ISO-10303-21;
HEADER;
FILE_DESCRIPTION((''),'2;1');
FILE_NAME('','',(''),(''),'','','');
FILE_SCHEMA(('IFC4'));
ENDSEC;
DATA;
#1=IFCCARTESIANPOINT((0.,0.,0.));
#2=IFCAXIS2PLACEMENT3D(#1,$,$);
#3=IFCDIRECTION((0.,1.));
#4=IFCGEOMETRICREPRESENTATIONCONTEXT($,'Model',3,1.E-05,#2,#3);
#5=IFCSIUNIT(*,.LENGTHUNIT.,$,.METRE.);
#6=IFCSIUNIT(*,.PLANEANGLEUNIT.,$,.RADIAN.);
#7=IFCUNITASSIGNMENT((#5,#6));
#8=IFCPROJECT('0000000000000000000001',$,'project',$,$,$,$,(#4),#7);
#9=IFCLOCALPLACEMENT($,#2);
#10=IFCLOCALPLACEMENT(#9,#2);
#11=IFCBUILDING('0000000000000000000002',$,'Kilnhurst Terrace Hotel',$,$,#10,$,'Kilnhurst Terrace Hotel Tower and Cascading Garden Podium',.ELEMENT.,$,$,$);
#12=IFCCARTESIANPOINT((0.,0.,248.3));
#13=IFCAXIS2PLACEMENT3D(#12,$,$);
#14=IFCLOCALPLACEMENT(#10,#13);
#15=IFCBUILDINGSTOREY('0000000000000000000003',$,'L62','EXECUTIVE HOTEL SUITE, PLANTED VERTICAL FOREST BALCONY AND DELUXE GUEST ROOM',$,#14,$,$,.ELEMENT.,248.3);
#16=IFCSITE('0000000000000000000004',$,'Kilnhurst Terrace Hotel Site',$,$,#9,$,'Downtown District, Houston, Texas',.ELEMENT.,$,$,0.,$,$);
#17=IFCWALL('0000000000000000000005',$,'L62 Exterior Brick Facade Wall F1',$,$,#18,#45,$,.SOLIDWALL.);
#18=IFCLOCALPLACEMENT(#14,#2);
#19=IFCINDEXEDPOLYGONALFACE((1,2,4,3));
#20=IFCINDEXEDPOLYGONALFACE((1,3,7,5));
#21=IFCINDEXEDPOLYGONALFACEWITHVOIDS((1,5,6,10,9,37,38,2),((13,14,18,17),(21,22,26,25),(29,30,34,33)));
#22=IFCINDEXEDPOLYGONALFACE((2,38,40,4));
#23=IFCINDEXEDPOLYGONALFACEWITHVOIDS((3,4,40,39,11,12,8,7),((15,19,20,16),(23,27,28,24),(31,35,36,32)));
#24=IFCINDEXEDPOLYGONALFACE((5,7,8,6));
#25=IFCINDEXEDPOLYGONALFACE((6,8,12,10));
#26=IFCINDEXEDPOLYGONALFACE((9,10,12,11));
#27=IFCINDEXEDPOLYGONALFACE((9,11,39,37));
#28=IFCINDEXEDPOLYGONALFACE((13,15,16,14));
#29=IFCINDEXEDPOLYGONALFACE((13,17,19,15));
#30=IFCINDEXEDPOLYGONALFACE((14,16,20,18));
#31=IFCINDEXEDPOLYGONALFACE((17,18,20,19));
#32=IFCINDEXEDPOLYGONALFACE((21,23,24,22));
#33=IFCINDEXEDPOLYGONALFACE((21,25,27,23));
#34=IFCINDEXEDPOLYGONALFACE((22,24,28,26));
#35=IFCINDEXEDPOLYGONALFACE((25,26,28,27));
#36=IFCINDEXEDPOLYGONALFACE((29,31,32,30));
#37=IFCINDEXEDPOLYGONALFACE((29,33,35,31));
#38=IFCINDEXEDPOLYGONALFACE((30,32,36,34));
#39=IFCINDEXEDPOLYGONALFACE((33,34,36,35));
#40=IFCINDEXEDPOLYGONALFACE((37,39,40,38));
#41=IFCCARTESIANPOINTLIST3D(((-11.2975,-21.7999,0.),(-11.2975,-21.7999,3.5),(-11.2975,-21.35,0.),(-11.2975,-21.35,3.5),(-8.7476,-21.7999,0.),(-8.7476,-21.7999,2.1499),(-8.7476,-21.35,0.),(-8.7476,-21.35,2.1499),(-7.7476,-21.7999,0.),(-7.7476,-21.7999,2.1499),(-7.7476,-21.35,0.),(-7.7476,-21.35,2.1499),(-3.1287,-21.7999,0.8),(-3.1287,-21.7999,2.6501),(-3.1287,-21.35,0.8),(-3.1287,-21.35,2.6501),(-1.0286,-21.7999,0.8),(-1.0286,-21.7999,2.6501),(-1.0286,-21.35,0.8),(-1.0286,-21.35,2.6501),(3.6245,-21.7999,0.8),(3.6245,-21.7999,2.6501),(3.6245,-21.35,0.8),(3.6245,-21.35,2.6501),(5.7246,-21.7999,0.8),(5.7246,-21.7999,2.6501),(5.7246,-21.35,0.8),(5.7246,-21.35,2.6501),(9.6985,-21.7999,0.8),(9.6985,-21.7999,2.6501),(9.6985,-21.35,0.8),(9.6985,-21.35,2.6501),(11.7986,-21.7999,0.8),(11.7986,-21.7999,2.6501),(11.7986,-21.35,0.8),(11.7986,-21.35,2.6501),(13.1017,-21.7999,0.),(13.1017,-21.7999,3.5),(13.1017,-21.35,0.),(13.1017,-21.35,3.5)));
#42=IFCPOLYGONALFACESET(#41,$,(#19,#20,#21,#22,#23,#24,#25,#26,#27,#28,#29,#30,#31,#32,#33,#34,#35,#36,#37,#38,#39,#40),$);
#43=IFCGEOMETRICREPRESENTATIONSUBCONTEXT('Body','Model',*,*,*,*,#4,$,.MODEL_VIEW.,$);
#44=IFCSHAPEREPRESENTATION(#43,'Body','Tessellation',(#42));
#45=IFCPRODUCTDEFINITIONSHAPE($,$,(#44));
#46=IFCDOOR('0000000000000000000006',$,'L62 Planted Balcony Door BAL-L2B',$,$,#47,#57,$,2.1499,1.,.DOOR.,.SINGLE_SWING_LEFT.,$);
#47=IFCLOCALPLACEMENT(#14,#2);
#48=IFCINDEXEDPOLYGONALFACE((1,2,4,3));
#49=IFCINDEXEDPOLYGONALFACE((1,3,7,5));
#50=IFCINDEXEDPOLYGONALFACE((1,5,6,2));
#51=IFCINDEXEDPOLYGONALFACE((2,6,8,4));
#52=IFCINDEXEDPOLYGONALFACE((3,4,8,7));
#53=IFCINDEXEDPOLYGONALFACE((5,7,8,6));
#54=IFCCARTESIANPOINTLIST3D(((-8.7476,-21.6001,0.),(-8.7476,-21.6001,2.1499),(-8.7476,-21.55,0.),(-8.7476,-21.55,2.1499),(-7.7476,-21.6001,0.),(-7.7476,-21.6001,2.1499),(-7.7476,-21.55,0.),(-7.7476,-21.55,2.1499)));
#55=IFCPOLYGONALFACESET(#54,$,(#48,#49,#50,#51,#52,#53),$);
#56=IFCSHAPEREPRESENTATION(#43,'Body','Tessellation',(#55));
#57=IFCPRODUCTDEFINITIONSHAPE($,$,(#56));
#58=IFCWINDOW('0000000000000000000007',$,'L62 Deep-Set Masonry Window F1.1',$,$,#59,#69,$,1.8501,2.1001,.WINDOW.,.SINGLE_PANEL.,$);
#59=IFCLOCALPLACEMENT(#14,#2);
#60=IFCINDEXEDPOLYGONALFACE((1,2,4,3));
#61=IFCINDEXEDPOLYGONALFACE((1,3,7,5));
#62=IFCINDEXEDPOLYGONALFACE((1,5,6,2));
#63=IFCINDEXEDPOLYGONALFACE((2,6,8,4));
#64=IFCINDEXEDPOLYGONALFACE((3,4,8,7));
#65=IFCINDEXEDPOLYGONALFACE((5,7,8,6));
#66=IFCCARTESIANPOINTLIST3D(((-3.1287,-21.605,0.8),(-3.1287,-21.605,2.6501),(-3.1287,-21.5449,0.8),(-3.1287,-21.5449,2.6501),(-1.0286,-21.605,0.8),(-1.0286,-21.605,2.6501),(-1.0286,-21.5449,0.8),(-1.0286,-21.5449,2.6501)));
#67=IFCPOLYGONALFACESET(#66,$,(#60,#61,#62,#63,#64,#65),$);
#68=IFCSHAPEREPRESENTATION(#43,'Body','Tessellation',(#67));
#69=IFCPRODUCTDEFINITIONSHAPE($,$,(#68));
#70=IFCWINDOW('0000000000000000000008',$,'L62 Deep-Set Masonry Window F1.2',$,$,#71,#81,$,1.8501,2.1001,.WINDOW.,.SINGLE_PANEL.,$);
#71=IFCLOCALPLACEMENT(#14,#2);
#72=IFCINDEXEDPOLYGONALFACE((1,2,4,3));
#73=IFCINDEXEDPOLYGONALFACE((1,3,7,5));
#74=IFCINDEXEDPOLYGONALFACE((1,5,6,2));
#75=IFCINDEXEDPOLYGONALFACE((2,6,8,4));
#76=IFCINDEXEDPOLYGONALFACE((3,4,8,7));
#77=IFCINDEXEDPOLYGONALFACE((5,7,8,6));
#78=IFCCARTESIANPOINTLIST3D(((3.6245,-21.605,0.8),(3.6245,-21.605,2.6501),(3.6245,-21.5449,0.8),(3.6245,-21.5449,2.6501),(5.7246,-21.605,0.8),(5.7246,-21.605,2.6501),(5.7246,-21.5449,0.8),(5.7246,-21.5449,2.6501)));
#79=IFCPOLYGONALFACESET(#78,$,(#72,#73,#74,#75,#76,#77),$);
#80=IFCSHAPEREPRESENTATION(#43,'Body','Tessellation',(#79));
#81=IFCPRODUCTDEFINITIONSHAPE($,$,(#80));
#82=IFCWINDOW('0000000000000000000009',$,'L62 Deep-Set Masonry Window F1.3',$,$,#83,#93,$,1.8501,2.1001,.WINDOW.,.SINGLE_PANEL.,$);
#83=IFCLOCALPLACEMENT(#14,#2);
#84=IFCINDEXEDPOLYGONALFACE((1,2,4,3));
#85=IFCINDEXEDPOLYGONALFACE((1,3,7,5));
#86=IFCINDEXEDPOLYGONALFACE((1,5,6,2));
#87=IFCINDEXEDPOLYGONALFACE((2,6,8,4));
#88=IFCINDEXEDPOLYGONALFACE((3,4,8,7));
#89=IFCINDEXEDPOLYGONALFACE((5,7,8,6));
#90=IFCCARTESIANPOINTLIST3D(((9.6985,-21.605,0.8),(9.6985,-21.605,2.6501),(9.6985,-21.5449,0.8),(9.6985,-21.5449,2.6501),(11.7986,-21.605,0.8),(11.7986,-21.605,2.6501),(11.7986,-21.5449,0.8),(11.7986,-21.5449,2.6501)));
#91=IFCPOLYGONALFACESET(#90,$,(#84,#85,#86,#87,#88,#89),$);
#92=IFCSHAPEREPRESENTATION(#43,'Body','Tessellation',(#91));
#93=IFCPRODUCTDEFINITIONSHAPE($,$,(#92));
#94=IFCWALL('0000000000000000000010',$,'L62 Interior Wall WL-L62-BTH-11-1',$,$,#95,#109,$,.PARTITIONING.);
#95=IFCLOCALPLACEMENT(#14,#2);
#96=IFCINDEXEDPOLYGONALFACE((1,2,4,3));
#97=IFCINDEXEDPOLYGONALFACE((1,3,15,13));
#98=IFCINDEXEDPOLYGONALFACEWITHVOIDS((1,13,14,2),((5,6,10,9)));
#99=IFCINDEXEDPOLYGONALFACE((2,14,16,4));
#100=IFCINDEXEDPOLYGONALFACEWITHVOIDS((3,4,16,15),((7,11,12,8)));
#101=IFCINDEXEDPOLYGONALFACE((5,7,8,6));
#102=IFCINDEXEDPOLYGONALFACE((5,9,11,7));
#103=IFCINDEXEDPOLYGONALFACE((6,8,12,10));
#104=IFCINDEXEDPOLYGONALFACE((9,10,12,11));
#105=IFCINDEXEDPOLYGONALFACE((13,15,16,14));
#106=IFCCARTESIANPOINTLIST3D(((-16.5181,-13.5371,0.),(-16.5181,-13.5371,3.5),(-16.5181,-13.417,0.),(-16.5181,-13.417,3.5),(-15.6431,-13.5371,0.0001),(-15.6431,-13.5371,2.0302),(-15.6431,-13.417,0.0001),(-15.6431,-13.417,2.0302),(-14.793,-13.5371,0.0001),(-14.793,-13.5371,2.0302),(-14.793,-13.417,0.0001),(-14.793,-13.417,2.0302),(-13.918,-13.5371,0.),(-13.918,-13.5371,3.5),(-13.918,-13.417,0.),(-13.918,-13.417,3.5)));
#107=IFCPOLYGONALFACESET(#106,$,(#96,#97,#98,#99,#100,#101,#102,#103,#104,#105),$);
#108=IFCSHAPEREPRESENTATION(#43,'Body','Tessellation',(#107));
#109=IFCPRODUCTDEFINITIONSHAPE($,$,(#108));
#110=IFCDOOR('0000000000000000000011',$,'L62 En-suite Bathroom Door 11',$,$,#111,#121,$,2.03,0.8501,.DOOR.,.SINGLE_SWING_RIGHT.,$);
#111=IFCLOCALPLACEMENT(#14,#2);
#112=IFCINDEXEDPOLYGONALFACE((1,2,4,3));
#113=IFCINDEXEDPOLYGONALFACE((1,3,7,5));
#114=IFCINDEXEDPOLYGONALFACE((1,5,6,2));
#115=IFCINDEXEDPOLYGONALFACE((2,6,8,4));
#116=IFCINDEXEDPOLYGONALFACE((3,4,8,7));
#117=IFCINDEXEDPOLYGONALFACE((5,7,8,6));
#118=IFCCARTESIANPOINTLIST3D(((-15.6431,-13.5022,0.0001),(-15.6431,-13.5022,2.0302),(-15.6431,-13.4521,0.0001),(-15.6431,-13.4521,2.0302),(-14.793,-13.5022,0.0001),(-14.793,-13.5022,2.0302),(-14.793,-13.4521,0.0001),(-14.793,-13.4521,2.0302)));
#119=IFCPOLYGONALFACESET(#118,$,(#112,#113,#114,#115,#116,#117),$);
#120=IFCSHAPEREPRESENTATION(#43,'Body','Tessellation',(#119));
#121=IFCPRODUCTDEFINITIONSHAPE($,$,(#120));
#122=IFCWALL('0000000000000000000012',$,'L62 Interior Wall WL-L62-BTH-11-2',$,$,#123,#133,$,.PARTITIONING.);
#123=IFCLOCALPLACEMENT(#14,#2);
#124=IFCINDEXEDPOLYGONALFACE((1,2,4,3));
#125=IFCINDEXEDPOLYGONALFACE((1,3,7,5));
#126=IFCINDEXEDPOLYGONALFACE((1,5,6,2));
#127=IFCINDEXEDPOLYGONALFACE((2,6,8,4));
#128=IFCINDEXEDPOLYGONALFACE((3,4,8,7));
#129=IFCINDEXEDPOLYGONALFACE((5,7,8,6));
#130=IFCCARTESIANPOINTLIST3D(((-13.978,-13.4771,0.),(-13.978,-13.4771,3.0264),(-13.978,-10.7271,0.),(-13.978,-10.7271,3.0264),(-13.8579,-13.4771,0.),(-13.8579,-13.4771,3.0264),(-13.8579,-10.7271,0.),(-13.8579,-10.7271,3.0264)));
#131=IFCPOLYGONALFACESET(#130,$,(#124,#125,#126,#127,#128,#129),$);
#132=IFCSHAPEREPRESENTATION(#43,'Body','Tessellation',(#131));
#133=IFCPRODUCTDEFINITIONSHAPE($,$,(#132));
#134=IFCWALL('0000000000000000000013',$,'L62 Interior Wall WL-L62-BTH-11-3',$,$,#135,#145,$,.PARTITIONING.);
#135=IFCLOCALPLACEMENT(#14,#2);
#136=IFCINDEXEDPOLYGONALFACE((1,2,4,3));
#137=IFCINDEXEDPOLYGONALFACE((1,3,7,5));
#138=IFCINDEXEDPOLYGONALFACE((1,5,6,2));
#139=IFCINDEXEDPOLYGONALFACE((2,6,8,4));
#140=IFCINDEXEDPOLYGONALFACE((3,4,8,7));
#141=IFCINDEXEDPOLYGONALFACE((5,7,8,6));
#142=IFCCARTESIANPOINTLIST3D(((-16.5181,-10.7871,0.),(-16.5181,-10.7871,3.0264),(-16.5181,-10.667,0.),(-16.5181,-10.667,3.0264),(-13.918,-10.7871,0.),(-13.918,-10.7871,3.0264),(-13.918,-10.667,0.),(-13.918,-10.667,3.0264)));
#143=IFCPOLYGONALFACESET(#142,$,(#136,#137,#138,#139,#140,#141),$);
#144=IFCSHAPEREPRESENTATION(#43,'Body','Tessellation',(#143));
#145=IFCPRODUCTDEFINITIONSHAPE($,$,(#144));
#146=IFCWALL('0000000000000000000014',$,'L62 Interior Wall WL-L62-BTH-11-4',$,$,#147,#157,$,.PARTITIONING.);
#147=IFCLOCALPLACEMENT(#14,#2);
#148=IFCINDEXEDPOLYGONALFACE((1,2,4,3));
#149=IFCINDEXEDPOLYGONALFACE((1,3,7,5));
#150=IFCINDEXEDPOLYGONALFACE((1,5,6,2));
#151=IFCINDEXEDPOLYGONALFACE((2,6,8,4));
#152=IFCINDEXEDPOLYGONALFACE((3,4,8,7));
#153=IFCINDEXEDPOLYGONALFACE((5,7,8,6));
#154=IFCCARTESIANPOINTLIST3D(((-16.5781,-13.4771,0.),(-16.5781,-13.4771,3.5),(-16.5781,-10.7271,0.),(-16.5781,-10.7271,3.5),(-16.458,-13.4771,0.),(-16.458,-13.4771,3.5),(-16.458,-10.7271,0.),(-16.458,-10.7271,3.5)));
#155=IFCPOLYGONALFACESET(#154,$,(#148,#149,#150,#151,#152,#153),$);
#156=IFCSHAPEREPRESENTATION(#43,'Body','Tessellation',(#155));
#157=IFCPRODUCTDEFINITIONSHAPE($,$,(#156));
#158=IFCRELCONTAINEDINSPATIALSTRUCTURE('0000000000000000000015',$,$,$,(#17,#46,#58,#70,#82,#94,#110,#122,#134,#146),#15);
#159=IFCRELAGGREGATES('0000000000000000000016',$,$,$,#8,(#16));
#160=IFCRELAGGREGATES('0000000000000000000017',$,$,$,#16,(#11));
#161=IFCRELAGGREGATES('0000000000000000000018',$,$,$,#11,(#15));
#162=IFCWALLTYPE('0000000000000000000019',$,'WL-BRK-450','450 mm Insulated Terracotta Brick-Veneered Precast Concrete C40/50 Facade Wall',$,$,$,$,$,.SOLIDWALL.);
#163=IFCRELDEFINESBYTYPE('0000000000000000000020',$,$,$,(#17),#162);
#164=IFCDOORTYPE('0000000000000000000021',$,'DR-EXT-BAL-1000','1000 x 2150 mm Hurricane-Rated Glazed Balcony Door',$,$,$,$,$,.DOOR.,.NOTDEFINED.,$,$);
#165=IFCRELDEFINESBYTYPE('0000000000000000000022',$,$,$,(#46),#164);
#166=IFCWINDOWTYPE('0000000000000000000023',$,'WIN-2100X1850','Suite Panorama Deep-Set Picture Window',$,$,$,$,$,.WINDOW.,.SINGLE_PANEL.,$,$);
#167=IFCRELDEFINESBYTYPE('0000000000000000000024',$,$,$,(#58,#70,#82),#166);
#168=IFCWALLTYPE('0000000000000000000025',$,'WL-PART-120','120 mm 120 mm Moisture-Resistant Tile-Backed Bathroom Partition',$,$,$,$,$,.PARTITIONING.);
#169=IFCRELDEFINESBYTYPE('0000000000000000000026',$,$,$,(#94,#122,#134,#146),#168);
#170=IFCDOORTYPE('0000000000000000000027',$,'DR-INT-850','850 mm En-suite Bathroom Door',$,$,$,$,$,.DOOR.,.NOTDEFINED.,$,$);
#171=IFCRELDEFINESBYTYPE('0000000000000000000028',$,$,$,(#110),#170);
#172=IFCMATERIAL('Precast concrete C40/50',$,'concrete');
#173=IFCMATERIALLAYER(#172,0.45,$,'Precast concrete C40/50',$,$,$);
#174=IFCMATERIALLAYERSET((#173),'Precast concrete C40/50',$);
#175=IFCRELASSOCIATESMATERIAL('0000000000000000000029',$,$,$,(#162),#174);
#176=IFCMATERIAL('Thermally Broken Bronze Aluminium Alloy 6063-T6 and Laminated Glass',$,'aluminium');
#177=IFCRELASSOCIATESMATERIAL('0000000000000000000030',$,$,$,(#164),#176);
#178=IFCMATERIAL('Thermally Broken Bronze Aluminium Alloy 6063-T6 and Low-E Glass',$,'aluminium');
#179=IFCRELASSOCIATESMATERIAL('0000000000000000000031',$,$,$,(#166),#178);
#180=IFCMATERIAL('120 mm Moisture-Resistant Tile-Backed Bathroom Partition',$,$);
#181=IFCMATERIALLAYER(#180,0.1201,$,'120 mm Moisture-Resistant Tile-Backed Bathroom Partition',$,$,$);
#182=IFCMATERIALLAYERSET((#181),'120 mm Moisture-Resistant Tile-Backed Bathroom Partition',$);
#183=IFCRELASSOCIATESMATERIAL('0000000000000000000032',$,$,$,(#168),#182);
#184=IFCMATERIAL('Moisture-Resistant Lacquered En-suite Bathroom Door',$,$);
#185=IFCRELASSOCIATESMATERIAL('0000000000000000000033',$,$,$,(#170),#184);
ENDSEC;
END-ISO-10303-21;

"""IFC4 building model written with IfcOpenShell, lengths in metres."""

from ifc_helpers import new_model, si_unit, direction, frame, frame_2d, origin, place, context, subcontext, project, spatial, rectangle, extrude, material, layer, layer_set, type_object, element, fill, save


model = new_model("IFC4")

# Units and contexts
model_context = context("Model", 3, precision=1e-05, world=origin(), true_north=direction((0.0, 1.0)))
body_context = subcontext(model_context, "Body", "Model", "MODEL_VIEW")
ifc_project = project(units=[si_unit("LENGTHUNIT", "METRE"), si_unit("PLANEANGLEUNIT", "RADIAN")], contexts=[model_context])

# Site, building, storey
site_placement = place(None, origin())
site = spatial("IfcSite", under=ifc_project, at=site_placement, Name="Kilnhurst Terrace Hotel Site", LongName="Downtown District, Houston, Texas", CompositionType="ELEMENT", RefElevation=0.0)
building_placement = place(site_placement, origin())
building = spatial("IfcBuilding", under=site, at=building_placement, Name="Kilnhurst Terrace Hotel", LongName="Kilnhurst Terrace Hotel Tower and Cascading Garden Podium", CompositionType="ELEMENT")
storey_placement = place(building_placement, frame((0.0, 0.0, 248.3)))
storey = spatial("IfcBuildingStorey", under=building, at=storey_placement, Name="L62", Description="EXECUTIVE HOTEL SUITE, PLANTED VERTICAL FOREST BALCONY AND DELUXE GUEST ROOM", CompositionType="ELEMENT", Elevation=248.3)

# Shared definitions
ifc_material_1 = material(Name="Precast concrete C40/50", Category="concrete")
ifc_layer_1 = layer(ifc_material_1, 0.45, Name="Precast concrete C40/50")
ifc_layer_set_1 = layer_set([ifc_layer_1], Name="Precast concrete C40/50")
wall_type_1 = type_object("IfcWallType", Name="WL-BRK-450", Description="450 mm Insulated Terracotta Brick-Veneered Precast Concrete C40/50 Facade Wall", PredefinedType="SOLIDWALL", material=ifc_layer_set_1)

# Wall, openings, door, windows
wall_1_placement = place(storey_placement, frame((-11.2976, -21.575, 0.0), z_axis=(0.0, 0.0, 1.0), x_axis=(1.0, 0.0, 0.0)))
wall_1 = element("IfcWall", 1, at=wall_1_placement, inside=storey, type_object=wall_type_1, Name="L62 Exterior Brick Facade Wall F1", PredefinedType="SOLIDWALL", context=body_context, shape_type="SweptSolid", body=[
    extrude(rectangle(XDim=24.3992, YDim=0.45, at=frame_2d((12.1997, 0.0))), origin(), (0.0, 0.0, 1.0), 3.5),
])
opening_1_placement = place(wall_1_placement, frame((2.55, 0.0, 0.0)))
opening_1 = element("IfcOpeningElement", 2, at=opening_1_placement, cuts=wall_1, PredefinedType="OPENING", context=body_context, shape_type="SweptSolid", body=[
    extrude(rectangle(XDim=1.0, YDim=2.1499, at=frame_2d((0.5, 1.075))), frame((0.0, 0.2349, 0.0), z_axis=(0.0, -1.0, 0.0), x_axis=(1.0, 0.0, 0.0)), (0.0, 0.0, 1.0), 0.47),
])
opening_2_placement = place(wall_1_placement, frame((8.1689, 0.0, 0.8)))
opening_2 = element("IfcOpeningElement", 3, at=opening_2_placement, cuts=wall_1, PredefinedType="OPENING", context=body_context, shape_type="SweptSolid", body=[
    extrude(rectangle(XDim=2.1001, YDim=1.8501, at=frame_2d((1.05, 0.925))), frame((0.0, 0.2349, 0.0), z_axis=(0.0, -1.0, 0.0), x_axis=(1.0, 0.0, 0.0)), (0.0, 0.0, 1.0), 0.47),
])
opening_3_placement = place(wall_1_placement, frame((14.9221, 0.0, 0.8)))
opening_3 = element("IfcOpeningElement", 4, at=opening_3_placement, cuts=wall_1, PredefinedType="OPENING", context=body_context, shape_type="SweptSolid", body=[
    extrude(rectangle(XDim=2.1001, YDim=1.8501, at=frame_2d((1.05, 0.925))), frame((0.0, 0.2349, 0.0), z_axis=(0.0, -1.0, 0.0), x_axis=(1.0, 0.0, 0.0)), (0.0, 0.0, 1.0), 0.47),
])
opening_4_placement = place(wall_1_placement, frame((20.9961, 0.0, 0.8)))
opening_4 = element("IfcOpeningElement", 5, at=opening_4_placement, cuts=wall_1, PredefinedType="OPENING", context=body_context, shape_type="SweptSolid", body=[
    extrude(rectangle(XDim=2.1001, YDim=1.8501, at=frame_2d((1.05, 0.925))), frame((0.0, 0.2349, 0.0), z_axis=(0.0, -1.0, 0.0), x_axis=(1.0, 0.0, 0.0)), (0.0, 0.0, 1.0), 0.47),
])
ifc_material_2 = material(Name="Thermally Broken Bronze Aluminium Alloy 6063-T6 and Laminated Glass", Category="aluminium")
door_type_1 = type_object("IfcDoorType", Name="DR-EXT-BAL-1000", Description="1000 x 2150 mm Hurricane-Rated Glazed Balcony Door", OperationType="NOTDEFINED", PredefinedType="DOOR", material=ifc_material_2)
door_1_placement = place(opening_1_placement, origin())
door_1 = element("IfcDoor", 6, at=door_1_placement, inside=storey, type_object=door_type_1, Name="L62 Planted Balcony Door BAL-L2B", OperationType="SINGLE_SWING_LEFT", OverallHeight=2.1499, OverallWidth=1.0, PredefinedType="DOOR", context=body_context, shape_type="SweptSolid", body=[
    extrude(rectangle(XDim=1.0, YDim=2.1499, at=frame_2d((0.5, 1.075))), frame((0.0, 0.0249, 0.0), z_axis=(0.0, -1.0, 0.0), x_axis=(1.0, 0.0, 0.0)), (0.0, 0.0, 1.0), 0.05),
])
fill(opening_1, door_1)
ifc_material_3 = material(Name="Thermally Broken Bronze Aluminium Alloy 6063-T6 and Low-E Glass", Category="aluminium")
window_type = type_object("IfcWindowType", Name="WIN-2100X1850", Description="Suite Panorama Deep-Set Picture Window", PartitioningType="SINGLE_PANEL", PredefinedType="WINDOW", material=ifc_material_3)
window_1_placement = place(opening_2_placement, origin())
window_1 = element("IfcWindow", 7, at=window_1_placement, inside=storey, type_object=window_type, Name="L62 Deep-Set Masonry Window F1.1", OverallHeight=1.8501, OverallWidth=2.1001, PartitioningType="SINGLE_PANEL", PredefinedType="WINDOW", context=body_context, shape_type="SweptSolid", body=[
    extrude(rectangle(XDim=2.1001, YDim=1.8501, at=frame_2d((1.05, 0.925))), frame((0.0, 0.03, 0.0), z_axis=(0.0, -1.0, 0.0), x_axis=(1.0, 0.0, 0.0)), (0.0, 0.0, 1.0), 0.0601),
])
fill(opening_2, window_1)
window_2_placement = place(opening_3_placement, origin())
window_2 = element("IfcWindow", 8, at=window_2_placement, inside=storey, type_object=window_type, Name="L62 Deep-Set Masonry Window F1.2", OverallHeight=1.8501, OverallWidth=2.1001, PartitioningType="SINGLE_PANEL", PredefinedType="WINDOW", context=body_context, shape_type="SweptSolid", body=[
    extrude(rectangle(XDim=2.1001, YDim=1.8501, at=frame_2d((1.05, 0.925))), frame((0.0, 0.03, 0.0), z_axis=(0.0, -1.0, 0.0), x_axis=(1.0, 0.0, 0.0)), (0.0, 0.0, 1.0), 0.0601),
])
fill(opening_3, window_2)
window_3_placement = place(opening_4_placement, origin())
window_3 = element("IfcWindow", 9, at=window_3_placement, inside=storey, type_object=window_type, Name="L62 Deep-Set Masonry Window F1.3", OverallHeight=1.8501, OverallWidth=2.1001, PartitioningType="SINGLE_PANEL", PredefinedType="WINDOW", context=body_context, shape_type="SweptSolid", body=[
    extrude(rectangle(XDim=2.1001, YDim=1.8501, at=frame_2d((1.05, 0.925))), frame((0.0, 0.03, 0.0), z_axis=(0.0, -1.0, 0.0), x_axis=(1.0, 0.0, 0.0)), (0.0, 0.0, 1.0), 0.0601),
])
fill(opening_4, window_3)

# Wall, opening, door
ifc_material_4 = material(Name="120 mm Moisture-Resistant Tile-Backed Bathroom Partition")
ifc_layer_2 = layer(ifc_material_4, 0.1201, Name="120 mm Moisture-Resistant Tile-Backed Bathroom Partition")
ifc_layer_set_2 = layer_set([ifc_layer_2], Name="120 mm Moisture-Resistant Tile-Backed Bathroom Partition")
wall_type_2 = type_object("IfcWallType", Name="WL-PART-120", Description="120 mm 120 mm Moisture-Resistant Tile-Backed Bathroom Partition", PredefinedType="PARTITIONING", material=ifc_layer_set_2)
wall_2_placement = place(storey_placement, frame((-16.5181, -13.4771, 0.0), z_axis=(0.0, 0.0, 1.0), x_axis=(1.0, 0.0, 0.0)))
wall_2 = element("IfcWall", 10, at=wall_2_placement, inside=storey, type_object=wall_type_2, Name="L62 Interior Wall WL-L62-BTH-11-1", PredefinedType="PARTITIONING", context=body_context, shape_type="SweptSolid", body=[
    extrude(rectangle(XDim=2.6001, YDim=0.1201, at=frame_2d((1.3, 0.0))), origin(), (0.0, 0.0, 1.0), 3.5),
])
opening_5_placement = place(wall_2_placement, frame((0.875, 0.0, 0.0)))
opening_5 = element("IfcOpeningElement", 11, at=opening_5_placement, cuts=wall_2, PredefinedType="OPENING", context=body_context, shape_type="SweptSolid", body=[
    extrude(rectangle(XDim=0.8501, YDim=2.03, at=frame_2d((0.425, 1.0151))), frame((0.0, 0.0701, 0.0), z_axis=(0.0, -1.0, 0.0), x_axis=(1.0, 0.0, 0.0)), (0.0, 0.0, 1.0), 0.1401),
])
ifc_material_5 = material(Name="Moisture-Resistant Lacquered En-suite Bathroom Door")
door_type_2 = type_object("IfcDoorType", Name="DR-INT-850", Description="850 mm En-suite Bathroom Door", OperationType="NOTDEFINED", PredefinedType="DOOR", material=ifc_material_5)
door_2_placement = place(opening_5_placement, origin())
door_2 = element("IfcDoor", 12, at=door_2_placement, inside=storey, type_object=door_type_2, Name="L62 En-suite Bathroom Door 11", OperationType="SINGLE_SWING_RIGHT", OverallHeight=2.03, OverallWidth=0.8501, PredefinedType="DOOR", context=body_context, shape_type="SweptSolid", body=[
    extrude(rectangle(XDim=0.8501, YDim=2.03, at=frame_2d((0.425, 1.0151))), frame((0.0, 0.0249, 0.0), z_axis=(0.0, -1.0, 0.0), x_axis=(1.0, 0.0, 0.0)), (0.0, 0.0, 1.0), 0.05),
])
fill(opening_5, door_2)

# Walls
wall_3_placement = place(storey_placement, frame((-13.918, -13.4771, 0.0), z_axis=(0.0, 0.0, 1.0), x_axis=(0.0, 1.0, 0.0)))
element("IfcWall", 13, at=wall_3_placement, inside=storey, type_object=wall_type_2, Name="L62 Interior Wall WL-L62-BTH-11-2", PredefinedType="PARTITIONING", context=body_context, shape_type="SweptSolid", body=[
    extrude(rectangle(XDim=2.75, YDim=0.1201, at=frame_2d((1.375, 0.0))), origin(), (0.0, 0.0, 1.0), 3.0264),
])
wall_4_placement = place(storey_placement, frame((-13.918, -10.7271, 0.0), z_axis=(0.0, 0.0, 1.0), x_axis=(-1.0, 0.0, 0.0)))
element("IfcWall", 14, at=wall_4_placement, inside=storey, type_object=wall_type_2, Name="L62 Interior Wall WL-L62-BTH-11-3", PredefinedType="PARTITIONING", context=body_context, shape_type="SweptSolid", body=[
    extrude(rectangle(XDim=2.6001, YDim=0.1201, at=frame_2d((1.3, 0.0))), origin(), (0.0, 0.0, 1.0), 3.0264),
])
wall_5_placement = place(storey_placement, frame((-16.5181, -10.7271, 0.0), z_axis=(0.0, 0.0, 1.0), x_axis=(0.0, -1.0, 0.0)))
element("IfcWall", 15, at=wall_5_placement, inside=storey, type_object=wall_type_2, Name="L62 Interior Wall WL-L62-BTH-11-4", PredefinedType="PARTITIONING", context=body_context, shape_type="SweptSolid", body=[
    extrude(rectangle(XDim=2.75, YDim=0.1201, at=frame_2d((1.375, 0.0))), origin(), (0.0, 0.0, 1.0), 3.5),
])

save(model, "model.ifc")
